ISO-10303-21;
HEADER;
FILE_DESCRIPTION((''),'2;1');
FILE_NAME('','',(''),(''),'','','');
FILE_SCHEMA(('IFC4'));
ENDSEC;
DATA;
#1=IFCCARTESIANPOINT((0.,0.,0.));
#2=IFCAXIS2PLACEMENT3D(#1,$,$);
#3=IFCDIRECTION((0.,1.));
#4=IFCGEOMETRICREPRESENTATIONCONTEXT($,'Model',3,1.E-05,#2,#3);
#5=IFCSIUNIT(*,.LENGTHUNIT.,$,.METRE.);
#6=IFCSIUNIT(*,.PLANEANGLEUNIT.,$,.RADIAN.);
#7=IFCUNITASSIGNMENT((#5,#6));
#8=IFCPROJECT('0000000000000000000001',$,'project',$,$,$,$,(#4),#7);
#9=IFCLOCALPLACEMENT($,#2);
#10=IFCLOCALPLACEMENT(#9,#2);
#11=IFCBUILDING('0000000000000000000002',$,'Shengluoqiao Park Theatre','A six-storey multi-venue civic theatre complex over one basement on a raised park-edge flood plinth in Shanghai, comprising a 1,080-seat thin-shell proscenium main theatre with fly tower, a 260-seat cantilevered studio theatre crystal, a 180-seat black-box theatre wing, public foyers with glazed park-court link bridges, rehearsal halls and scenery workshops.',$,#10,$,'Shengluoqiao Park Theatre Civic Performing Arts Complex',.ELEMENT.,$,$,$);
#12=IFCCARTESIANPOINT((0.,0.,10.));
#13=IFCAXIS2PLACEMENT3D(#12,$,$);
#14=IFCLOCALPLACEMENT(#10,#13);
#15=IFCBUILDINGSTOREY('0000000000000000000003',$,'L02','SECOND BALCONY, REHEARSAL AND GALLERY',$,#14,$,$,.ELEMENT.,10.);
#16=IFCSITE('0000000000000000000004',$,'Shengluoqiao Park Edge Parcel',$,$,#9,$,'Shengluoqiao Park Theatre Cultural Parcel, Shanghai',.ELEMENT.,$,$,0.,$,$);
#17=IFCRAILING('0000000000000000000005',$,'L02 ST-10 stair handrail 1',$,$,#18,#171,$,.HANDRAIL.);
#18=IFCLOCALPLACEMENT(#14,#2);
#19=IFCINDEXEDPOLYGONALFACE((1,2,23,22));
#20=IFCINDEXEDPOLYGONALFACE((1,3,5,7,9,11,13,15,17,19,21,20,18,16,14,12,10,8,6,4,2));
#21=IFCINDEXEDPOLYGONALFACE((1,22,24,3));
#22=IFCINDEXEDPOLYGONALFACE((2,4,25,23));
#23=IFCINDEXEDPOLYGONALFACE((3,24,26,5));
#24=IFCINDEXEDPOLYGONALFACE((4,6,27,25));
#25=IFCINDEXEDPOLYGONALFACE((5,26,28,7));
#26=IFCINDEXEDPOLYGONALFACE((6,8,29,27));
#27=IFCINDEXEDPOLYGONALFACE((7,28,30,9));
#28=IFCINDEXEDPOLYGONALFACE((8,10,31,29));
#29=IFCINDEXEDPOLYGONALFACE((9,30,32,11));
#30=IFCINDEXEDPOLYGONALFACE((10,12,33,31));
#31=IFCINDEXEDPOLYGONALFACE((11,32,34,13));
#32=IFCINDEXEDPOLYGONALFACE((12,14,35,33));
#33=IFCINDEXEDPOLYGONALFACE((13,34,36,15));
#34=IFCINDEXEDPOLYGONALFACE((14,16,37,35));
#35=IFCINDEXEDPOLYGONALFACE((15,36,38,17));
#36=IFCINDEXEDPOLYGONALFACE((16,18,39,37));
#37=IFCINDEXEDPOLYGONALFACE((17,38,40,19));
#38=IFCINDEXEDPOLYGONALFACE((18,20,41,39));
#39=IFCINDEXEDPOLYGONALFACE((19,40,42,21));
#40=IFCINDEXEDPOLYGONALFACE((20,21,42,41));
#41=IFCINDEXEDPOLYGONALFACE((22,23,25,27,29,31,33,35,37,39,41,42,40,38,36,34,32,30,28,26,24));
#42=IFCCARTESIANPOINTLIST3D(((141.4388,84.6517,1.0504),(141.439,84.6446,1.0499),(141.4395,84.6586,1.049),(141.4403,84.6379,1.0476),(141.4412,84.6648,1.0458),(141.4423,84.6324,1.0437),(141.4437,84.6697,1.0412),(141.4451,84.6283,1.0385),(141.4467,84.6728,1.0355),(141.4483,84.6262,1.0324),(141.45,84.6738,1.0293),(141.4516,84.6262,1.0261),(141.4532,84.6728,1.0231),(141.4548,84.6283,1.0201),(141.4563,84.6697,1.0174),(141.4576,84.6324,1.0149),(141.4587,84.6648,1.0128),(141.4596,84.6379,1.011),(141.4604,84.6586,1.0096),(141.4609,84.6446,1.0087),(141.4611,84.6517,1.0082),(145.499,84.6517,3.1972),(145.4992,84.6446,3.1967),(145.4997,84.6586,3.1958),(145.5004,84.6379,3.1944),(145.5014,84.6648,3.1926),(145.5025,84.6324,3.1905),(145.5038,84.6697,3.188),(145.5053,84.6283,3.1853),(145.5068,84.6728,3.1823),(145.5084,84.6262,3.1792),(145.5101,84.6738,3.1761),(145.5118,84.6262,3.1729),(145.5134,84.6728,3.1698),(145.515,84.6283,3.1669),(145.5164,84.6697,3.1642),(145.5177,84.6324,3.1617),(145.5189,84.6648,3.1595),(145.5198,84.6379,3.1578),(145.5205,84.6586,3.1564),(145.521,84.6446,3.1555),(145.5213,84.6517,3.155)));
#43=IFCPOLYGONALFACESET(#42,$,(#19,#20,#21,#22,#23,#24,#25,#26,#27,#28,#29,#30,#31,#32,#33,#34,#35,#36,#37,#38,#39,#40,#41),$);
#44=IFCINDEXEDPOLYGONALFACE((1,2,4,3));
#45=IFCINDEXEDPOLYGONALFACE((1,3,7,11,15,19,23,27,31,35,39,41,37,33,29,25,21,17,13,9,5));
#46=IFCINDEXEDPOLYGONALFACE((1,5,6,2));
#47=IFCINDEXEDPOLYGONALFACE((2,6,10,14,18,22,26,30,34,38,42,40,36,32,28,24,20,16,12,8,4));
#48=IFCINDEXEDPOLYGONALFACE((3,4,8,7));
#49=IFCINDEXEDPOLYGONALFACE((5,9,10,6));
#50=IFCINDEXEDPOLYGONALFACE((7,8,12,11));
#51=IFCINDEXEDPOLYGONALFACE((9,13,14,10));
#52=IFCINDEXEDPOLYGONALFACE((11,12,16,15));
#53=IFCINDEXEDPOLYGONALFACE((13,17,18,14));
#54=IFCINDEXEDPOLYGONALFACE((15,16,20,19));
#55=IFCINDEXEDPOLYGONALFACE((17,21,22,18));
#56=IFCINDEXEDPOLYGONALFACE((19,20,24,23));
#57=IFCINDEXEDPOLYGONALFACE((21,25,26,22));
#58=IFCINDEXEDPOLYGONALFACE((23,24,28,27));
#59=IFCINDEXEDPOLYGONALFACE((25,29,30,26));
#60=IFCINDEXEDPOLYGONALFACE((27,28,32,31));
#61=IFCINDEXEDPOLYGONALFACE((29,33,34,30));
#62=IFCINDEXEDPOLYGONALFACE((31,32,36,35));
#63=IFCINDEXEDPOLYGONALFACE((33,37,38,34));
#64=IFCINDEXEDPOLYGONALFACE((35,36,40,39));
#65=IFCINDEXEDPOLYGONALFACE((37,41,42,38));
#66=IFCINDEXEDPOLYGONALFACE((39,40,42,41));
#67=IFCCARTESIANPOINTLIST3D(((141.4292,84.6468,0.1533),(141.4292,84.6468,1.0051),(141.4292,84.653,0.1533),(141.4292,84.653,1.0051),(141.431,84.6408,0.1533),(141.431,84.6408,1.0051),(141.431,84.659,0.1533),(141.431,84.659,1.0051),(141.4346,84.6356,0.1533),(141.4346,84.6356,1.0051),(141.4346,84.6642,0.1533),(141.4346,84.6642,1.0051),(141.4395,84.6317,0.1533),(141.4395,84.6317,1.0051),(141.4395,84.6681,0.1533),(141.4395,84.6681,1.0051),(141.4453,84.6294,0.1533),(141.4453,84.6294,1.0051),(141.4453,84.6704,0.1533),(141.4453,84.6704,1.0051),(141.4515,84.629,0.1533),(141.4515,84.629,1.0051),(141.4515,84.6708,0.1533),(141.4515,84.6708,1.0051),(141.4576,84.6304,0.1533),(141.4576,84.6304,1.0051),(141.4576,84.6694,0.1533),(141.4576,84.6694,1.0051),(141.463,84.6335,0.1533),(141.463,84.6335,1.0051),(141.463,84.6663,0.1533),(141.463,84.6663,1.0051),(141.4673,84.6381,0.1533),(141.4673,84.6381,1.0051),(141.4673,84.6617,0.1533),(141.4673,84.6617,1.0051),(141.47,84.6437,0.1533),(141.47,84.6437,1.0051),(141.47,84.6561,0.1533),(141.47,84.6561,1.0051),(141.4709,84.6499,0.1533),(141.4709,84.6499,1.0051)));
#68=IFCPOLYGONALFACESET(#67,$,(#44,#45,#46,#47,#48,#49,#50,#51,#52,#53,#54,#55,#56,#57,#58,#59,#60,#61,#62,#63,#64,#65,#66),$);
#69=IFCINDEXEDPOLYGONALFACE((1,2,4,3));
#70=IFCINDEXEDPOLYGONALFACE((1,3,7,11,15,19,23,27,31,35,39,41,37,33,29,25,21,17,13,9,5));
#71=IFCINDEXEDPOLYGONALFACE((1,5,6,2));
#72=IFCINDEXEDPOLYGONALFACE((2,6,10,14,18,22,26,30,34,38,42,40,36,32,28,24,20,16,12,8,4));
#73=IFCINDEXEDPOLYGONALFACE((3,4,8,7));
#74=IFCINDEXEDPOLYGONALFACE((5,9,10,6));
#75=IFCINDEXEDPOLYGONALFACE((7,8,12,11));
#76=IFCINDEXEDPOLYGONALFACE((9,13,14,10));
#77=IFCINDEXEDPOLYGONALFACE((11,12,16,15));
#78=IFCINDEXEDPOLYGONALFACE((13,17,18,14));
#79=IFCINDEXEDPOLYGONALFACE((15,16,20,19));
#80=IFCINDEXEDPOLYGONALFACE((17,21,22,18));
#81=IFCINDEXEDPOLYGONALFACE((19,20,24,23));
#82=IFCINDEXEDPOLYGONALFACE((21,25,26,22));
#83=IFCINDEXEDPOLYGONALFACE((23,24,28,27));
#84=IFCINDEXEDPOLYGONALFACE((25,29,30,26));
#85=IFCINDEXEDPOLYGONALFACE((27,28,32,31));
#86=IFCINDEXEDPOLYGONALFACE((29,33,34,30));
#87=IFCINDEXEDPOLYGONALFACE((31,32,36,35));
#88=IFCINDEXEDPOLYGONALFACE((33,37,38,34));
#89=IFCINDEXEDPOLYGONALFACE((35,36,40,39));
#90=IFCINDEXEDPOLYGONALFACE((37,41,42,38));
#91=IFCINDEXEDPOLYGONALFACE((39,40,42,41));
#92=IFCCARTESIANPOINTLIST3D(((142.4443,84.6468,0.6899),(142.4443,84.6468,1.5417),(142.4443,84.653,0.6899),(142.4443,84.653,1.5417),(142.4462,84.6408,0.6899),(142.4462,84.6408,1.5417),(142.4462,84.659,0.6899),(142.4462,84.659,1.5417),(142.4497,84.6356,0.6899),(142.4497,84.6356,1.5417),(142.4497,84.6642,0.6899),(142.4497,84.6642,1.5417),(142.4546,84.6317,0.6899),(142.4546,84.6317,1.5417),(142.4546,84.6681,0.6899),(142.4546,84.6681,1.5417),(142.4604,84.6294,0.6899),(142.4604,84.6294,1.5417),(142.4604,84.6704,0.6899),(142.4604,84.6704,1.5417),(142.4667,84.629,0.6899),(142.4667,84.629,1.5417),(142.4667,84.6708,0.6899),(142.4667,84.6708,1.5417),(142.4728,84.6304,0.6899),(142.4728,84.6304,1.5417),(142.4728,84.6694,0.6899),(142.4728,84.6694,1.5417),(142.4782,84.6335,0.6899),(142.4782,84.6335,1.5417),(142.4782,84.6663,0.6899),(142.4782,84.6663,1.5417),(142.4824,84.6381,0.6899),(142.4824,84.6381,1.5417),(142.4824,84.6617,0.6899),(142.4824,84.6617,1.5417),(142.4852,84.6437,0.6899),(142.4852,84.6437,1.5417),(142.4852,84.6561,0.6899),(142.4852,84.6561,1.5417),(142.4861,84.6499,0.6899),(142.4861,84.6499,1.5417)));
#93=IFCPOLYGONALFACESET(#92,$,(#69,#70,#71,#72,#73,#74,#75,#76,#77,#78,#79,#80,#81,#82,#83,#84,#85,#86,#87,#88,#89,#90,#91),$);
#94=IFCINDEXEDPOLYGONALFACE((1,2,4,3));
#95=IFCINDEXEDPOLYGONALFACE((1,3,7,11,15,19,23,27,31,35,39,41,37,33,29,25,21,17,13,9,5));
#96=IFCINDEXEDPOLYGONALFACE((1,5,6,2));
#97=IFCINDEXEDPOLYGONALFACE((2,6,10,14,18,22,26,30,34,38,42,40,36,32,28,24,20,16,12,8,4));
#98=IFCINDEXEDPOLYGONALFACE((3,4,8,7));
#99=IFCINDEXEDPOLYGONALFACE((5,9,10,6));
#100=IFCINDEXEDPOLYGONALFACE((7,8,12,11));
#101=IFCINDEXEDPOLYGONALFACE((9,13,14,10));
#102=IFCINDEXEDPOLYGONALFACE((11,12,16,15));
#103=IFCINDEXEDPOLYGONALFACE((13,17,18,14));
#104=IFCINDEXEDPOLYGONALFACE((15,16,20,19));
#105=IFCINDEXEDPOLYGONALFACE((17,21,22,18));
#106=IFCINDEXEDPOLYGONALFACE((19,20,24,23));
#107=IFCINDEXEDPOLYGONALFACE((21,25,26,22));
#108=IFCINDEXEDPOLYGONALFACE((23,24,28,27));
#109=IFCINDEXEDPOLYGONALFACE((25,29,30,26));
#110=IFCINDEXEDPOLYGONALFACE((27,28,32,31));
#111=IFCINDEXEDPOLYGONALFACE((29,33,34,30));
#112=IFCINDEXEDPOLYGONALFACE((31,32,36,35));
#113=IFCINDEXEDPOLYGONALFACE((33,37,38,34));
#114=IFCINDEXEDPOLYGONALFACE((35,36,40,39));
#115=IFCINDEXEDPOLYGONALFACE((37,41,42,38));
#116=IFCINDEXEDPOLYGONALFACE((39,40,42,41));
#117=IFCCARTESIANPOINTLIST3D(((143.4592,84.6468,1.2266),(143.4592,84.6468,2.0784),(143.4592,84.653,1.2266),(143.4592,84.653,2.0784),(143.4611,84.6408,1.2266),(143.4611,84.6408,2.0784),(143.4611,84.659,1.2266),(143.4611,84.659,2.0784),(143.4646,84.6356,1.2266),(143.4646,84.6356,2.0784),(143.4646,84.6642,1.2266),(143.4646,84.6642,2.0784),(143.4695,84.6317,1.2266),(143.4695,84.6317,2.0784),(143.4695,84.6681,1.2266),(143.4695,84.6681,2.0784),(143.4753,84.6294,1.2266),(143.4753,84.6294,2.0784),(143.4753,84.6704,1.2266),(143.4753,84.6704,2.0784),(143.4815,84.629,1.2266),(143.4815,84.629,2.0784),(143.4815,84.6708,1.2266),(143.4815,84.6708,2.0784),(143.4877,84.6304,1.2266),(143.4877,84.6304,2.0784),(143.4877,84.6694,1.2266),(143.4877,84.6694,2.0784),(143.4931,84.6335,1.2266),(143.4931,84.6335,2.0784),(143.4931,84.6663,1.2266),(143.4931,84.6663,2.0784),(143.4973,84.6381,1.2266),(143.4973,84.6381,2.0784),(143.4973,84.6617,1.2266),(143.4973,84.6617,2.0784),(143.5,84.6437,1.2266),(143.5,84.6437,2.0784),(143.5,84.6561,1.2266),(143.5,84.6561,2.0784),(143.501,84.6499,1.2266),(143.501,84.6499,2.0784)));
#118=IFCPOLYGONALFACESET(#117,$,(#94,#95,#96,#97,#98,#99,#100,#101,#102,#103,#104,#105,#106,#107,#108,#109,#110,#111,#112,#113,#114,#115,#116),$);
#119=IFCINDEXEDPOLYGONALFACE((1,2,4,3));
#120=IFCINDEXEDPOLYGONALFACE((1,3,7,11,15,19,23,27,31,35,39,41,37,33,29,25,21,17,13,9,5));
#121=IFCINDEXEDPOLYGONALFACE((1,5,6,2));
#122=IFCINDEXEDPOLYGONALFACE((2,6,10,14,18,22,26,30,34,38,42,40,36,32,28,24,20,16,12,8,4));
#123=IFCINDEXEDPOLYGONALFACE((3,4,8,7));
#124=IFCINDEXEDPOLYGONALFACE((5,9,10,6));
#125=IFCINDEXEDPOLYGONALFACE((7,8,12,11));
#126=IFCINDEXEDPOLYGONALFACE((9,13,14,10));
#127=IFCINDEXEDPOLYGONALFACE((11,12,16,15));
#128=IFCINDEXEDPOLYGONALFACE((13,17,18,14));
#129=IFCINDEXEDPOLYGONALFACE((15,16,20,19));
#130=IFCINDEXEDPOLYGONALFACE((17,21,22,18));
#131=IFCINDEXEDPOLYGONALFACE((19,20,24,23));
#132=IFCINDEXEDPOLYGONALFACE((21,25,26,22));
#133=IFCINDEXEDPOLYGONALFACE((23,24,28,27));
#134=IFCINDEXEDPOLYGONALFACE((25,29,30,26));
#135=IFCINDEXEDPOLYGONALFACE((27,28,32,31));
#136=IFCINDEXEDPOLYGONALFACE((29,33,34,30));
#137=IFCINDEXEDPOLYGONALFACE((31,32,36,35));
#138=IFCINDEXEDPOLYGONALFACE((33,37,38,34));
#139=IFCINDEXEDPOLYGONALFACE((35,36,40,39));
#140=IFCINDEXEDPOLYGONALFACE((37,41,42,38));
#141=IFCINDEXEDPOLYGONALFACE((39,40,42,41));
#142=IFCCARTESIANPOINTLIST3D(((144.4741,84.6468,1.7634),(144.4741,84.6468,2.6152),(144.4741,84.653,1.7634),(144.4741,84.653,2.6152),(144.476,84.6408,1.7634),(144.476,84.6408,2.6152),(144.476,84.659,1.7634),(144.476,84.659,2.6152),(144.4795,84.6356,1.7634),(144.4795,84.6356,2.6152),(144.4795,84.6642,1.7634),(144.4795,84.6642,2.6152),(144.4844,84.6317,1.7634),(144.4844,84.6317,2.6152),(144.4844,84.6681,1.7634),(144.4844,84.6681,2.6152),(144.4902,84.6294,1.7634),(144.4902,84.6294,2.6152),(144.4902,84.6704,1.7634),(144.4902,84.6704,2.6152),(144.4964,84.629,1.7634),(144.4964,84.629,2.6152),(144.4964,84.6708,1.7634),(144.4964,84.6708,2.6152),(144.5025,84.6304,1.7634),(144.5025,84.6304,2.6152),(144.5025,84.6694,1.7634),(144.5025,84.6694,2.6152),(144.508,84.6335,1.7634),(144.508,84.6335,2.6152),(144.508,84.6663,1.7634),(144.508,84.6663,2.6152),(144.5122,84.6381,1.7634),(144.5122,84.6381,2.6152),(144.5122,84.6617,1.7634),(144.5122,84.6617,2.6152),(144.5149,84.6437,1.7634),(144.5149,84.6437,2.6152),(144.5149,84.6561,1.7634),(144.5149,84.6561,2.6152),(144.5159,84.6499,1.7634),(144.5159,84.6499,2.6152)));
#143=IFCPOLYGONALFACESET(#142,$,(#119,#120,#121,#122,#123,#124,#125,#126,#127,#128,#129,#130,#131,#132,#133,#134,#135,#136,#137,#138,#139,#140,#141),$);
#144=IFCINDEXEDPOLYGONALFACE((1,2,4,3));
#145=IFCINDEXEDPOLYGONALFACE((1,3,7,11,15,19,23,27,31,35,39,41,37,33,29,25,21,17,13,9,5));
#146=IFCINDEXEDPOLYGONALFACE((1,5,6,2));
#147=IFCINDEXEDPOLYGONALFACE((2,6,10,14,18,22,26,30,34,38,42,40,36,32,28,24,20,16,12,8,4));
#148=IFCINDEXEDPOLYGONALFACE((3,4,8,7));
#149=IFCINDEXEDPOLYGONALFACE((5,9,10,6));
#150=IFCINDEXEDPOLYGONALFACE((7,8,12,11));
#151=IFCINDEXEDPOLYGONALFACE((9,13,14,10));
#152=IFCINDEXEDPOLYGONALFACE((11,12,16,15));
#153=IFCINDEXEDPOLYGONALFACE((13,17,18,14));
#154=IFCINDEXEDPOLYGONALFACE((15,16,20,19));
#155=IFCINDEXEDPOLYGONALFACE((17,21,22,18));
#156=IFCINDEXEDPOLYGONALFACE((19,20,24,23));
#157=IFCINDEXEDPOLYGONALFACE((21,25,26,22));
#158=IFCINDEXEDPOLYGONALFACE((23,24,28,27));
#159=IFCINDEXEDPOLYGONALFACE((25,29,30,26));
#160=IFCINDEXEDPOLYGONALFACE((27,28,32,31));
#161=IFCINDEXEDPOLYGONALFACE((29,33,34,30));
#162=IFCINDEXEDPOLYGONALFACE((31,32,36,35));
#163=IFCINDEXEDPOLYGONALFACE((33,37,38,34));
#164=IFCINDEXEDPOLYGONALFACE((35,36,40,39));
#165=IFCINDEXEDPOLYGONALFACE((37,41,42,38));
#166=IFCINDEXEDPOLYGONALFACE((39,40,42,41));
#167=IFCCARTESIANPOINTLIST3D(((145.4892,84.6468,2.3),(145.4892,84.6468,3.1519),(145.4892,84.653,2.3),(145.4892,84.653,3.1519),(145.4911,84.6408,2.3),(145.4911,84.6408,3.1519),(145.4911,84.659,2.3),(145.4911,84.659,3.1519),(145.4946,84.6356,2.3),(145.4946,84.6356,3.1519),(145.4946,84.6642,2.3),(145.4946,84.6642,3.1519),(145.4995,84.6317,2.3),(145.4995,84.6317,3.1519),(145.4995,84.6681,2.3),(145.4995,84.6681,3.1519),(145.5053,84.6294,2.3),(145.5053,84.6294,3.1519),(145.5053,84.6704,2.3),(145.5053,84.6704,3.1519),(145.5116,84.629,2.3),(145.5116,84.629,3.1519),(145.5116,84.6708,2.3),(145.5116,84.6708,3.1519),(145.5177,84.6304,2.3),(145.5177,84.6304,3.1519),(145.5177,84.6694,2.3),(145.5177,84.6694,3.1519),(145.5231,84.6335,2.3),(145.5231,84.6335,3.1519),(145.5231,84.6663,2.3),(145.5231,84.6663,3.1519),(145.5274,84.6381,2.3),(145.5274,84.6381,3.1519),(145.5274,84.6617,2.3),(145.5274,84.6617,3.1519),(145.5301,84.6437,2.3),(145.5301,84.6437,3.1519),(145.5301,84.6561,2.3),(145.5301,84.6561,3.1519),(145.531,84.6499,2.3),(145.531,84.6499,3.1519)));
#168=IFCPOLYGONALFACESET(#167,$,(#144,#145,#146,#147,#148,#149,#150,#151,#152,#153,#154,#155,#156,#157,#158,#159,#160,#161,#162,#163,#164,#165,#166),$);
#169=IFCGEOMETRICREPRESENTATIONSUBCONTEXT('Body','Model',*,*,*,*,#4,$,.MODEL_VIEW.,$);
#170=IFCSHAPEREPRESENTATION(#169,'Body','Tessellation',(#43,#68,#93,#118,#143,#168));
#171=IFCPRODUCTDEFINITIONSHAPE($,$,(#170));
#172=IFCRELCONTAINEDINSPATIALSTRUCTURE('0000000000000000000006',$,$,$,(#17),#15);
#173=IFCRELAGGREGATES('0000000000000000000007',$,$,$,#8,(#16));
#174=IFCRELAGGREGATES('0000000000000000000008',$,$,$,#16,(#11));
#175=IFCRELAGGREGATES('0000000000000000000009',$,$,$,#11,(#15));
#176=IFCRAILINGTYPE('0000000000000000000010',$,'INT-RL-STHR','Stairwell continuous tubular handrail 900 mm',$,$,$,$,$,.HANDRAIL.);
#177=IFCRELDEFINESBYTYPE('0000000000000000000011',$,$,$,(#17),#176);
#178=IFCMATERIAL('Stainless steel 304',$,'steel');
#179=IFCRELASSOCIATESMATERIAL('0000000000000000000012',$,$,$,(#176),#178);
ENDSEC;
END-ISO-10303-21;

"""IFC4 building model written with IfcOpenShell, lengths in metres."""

from ifc_helpers import new_model, si_unit, direction, frame, origin, origin_2d, place, context, subcontext, project, spatial, circle, extrude, material, type_object, element, save


model = new_model("IFC4")

# Units and contexts
model_context = context("Model", 3, precision=1e-05, world=origin(), true_north=direction((0.0, 1.0)))
body_context = subcontext(model_context, "Body", "Model", "MODEL_VIEW")
ifc_project = project(units=[si_unit("LENGTHUNIT", "METRE"), si_unit("PLANEANGLEUNIT", "RADIAN")], contexts=[model_context])

# Site, building, storey
site_placement = place(None, origin())
site = spatial("IfcSite", under=ifc_project, at=site_placement, Name="Shengluoqiao Park Edge Parcel", LongName="Shengluoqiao Park Theatre Cultural Parcel, Shanghai", CompositionType="ELEMENT", RefElevation=0.0)
building_placement = place(site_placement, origin())
building = spatial("IfcBuilding", under=site, at=building_placement, Name="Shengluoqiao Park Theatre", Description="A six-storey multi-venue civic theatre complex over one basement on a raised park-edge flood plinth in Shanghai, comprising a 1,080-seat thin-shell proscenium main theatre with fly tower, a 260-seat cantilevered studio theatre crystal, a 180-seat black-box theatre wing, public foyers with glazed park-court link bridges, rehearsal halls and scenery workshops.", LongName="Shengluoqiao Park Theatre Civic Performing Arts Complex", CompositionType="ELEMENT")
storey_placement = place(building_placement, frame((0.0, 0.0, 10.0)))
storey = spatial("IfcBuildingStorey", under=building, at=storey_placement, Name="L02", Description="SECOND BALCONY, REHEARSAL AND GALLERY", CompositionType="ELEMENT", Elevation=10.0)

# Railing
ifc_material_1 = material(Name="Stainless steel 304", Category="steel")
railing_type_1 = type_object("IfcRailingType", Name="INT-RL-STHR", Description="Stairwell continuous tubular handrail 900 mm", PredefinedType="HANDRAIL", material=ifc_material_1)
railing_1_placement = place(storey_placement, frame((141.45, 84.6499, 0.1533)))
element("IfcRailing", 1, at=railing_1_placement, inside=storey, type_object=railing_type_1, Name="L02 ST-10 stair handrail 1", PredefinedType="HANDRAIL", context=body_context, shape_type="SweptSolid", body=[
    extrude(circle(Radius=0.0239, at=origin_2d()), frame((0.0, 0.0, 0.876), z_axis=(0.884032, 0.0, 0.467426), x_axis=(0.0, 1.0, 0.0)), (0.0, 0.0, 1.0), 4.5928),
    extrude(circle(Radius=0.021, at=origin_2d()), origin(), (0.0, 0.0, 1.0), 0.8518),
    extrude(circle(Radius=0.021, at=origin_2d()), frame((1.0151, 0.0, 0.5366)), (0.0, 0.0, 1.0), 0.8518),
    extrude(circle(Radius=0.021, at=origin_2d()), frame((2.03, 0.0, 1.0732)), (0.0, 0.0, 1.0), 0.8518),
    extrude(circle(Radius=0.021, at=origin_2d()), frame((3.0449, 0.0, 1.6101)), (0.0, 0.0, 1.0), 0.8518),
    extrude(circle(Radius=0.021, at=origin_2d()), frame((4.0601, 0.0, 2.1467)), (0.0, 0.0, 1.0), 0.8518),
])

save(model, "model.ifc")
